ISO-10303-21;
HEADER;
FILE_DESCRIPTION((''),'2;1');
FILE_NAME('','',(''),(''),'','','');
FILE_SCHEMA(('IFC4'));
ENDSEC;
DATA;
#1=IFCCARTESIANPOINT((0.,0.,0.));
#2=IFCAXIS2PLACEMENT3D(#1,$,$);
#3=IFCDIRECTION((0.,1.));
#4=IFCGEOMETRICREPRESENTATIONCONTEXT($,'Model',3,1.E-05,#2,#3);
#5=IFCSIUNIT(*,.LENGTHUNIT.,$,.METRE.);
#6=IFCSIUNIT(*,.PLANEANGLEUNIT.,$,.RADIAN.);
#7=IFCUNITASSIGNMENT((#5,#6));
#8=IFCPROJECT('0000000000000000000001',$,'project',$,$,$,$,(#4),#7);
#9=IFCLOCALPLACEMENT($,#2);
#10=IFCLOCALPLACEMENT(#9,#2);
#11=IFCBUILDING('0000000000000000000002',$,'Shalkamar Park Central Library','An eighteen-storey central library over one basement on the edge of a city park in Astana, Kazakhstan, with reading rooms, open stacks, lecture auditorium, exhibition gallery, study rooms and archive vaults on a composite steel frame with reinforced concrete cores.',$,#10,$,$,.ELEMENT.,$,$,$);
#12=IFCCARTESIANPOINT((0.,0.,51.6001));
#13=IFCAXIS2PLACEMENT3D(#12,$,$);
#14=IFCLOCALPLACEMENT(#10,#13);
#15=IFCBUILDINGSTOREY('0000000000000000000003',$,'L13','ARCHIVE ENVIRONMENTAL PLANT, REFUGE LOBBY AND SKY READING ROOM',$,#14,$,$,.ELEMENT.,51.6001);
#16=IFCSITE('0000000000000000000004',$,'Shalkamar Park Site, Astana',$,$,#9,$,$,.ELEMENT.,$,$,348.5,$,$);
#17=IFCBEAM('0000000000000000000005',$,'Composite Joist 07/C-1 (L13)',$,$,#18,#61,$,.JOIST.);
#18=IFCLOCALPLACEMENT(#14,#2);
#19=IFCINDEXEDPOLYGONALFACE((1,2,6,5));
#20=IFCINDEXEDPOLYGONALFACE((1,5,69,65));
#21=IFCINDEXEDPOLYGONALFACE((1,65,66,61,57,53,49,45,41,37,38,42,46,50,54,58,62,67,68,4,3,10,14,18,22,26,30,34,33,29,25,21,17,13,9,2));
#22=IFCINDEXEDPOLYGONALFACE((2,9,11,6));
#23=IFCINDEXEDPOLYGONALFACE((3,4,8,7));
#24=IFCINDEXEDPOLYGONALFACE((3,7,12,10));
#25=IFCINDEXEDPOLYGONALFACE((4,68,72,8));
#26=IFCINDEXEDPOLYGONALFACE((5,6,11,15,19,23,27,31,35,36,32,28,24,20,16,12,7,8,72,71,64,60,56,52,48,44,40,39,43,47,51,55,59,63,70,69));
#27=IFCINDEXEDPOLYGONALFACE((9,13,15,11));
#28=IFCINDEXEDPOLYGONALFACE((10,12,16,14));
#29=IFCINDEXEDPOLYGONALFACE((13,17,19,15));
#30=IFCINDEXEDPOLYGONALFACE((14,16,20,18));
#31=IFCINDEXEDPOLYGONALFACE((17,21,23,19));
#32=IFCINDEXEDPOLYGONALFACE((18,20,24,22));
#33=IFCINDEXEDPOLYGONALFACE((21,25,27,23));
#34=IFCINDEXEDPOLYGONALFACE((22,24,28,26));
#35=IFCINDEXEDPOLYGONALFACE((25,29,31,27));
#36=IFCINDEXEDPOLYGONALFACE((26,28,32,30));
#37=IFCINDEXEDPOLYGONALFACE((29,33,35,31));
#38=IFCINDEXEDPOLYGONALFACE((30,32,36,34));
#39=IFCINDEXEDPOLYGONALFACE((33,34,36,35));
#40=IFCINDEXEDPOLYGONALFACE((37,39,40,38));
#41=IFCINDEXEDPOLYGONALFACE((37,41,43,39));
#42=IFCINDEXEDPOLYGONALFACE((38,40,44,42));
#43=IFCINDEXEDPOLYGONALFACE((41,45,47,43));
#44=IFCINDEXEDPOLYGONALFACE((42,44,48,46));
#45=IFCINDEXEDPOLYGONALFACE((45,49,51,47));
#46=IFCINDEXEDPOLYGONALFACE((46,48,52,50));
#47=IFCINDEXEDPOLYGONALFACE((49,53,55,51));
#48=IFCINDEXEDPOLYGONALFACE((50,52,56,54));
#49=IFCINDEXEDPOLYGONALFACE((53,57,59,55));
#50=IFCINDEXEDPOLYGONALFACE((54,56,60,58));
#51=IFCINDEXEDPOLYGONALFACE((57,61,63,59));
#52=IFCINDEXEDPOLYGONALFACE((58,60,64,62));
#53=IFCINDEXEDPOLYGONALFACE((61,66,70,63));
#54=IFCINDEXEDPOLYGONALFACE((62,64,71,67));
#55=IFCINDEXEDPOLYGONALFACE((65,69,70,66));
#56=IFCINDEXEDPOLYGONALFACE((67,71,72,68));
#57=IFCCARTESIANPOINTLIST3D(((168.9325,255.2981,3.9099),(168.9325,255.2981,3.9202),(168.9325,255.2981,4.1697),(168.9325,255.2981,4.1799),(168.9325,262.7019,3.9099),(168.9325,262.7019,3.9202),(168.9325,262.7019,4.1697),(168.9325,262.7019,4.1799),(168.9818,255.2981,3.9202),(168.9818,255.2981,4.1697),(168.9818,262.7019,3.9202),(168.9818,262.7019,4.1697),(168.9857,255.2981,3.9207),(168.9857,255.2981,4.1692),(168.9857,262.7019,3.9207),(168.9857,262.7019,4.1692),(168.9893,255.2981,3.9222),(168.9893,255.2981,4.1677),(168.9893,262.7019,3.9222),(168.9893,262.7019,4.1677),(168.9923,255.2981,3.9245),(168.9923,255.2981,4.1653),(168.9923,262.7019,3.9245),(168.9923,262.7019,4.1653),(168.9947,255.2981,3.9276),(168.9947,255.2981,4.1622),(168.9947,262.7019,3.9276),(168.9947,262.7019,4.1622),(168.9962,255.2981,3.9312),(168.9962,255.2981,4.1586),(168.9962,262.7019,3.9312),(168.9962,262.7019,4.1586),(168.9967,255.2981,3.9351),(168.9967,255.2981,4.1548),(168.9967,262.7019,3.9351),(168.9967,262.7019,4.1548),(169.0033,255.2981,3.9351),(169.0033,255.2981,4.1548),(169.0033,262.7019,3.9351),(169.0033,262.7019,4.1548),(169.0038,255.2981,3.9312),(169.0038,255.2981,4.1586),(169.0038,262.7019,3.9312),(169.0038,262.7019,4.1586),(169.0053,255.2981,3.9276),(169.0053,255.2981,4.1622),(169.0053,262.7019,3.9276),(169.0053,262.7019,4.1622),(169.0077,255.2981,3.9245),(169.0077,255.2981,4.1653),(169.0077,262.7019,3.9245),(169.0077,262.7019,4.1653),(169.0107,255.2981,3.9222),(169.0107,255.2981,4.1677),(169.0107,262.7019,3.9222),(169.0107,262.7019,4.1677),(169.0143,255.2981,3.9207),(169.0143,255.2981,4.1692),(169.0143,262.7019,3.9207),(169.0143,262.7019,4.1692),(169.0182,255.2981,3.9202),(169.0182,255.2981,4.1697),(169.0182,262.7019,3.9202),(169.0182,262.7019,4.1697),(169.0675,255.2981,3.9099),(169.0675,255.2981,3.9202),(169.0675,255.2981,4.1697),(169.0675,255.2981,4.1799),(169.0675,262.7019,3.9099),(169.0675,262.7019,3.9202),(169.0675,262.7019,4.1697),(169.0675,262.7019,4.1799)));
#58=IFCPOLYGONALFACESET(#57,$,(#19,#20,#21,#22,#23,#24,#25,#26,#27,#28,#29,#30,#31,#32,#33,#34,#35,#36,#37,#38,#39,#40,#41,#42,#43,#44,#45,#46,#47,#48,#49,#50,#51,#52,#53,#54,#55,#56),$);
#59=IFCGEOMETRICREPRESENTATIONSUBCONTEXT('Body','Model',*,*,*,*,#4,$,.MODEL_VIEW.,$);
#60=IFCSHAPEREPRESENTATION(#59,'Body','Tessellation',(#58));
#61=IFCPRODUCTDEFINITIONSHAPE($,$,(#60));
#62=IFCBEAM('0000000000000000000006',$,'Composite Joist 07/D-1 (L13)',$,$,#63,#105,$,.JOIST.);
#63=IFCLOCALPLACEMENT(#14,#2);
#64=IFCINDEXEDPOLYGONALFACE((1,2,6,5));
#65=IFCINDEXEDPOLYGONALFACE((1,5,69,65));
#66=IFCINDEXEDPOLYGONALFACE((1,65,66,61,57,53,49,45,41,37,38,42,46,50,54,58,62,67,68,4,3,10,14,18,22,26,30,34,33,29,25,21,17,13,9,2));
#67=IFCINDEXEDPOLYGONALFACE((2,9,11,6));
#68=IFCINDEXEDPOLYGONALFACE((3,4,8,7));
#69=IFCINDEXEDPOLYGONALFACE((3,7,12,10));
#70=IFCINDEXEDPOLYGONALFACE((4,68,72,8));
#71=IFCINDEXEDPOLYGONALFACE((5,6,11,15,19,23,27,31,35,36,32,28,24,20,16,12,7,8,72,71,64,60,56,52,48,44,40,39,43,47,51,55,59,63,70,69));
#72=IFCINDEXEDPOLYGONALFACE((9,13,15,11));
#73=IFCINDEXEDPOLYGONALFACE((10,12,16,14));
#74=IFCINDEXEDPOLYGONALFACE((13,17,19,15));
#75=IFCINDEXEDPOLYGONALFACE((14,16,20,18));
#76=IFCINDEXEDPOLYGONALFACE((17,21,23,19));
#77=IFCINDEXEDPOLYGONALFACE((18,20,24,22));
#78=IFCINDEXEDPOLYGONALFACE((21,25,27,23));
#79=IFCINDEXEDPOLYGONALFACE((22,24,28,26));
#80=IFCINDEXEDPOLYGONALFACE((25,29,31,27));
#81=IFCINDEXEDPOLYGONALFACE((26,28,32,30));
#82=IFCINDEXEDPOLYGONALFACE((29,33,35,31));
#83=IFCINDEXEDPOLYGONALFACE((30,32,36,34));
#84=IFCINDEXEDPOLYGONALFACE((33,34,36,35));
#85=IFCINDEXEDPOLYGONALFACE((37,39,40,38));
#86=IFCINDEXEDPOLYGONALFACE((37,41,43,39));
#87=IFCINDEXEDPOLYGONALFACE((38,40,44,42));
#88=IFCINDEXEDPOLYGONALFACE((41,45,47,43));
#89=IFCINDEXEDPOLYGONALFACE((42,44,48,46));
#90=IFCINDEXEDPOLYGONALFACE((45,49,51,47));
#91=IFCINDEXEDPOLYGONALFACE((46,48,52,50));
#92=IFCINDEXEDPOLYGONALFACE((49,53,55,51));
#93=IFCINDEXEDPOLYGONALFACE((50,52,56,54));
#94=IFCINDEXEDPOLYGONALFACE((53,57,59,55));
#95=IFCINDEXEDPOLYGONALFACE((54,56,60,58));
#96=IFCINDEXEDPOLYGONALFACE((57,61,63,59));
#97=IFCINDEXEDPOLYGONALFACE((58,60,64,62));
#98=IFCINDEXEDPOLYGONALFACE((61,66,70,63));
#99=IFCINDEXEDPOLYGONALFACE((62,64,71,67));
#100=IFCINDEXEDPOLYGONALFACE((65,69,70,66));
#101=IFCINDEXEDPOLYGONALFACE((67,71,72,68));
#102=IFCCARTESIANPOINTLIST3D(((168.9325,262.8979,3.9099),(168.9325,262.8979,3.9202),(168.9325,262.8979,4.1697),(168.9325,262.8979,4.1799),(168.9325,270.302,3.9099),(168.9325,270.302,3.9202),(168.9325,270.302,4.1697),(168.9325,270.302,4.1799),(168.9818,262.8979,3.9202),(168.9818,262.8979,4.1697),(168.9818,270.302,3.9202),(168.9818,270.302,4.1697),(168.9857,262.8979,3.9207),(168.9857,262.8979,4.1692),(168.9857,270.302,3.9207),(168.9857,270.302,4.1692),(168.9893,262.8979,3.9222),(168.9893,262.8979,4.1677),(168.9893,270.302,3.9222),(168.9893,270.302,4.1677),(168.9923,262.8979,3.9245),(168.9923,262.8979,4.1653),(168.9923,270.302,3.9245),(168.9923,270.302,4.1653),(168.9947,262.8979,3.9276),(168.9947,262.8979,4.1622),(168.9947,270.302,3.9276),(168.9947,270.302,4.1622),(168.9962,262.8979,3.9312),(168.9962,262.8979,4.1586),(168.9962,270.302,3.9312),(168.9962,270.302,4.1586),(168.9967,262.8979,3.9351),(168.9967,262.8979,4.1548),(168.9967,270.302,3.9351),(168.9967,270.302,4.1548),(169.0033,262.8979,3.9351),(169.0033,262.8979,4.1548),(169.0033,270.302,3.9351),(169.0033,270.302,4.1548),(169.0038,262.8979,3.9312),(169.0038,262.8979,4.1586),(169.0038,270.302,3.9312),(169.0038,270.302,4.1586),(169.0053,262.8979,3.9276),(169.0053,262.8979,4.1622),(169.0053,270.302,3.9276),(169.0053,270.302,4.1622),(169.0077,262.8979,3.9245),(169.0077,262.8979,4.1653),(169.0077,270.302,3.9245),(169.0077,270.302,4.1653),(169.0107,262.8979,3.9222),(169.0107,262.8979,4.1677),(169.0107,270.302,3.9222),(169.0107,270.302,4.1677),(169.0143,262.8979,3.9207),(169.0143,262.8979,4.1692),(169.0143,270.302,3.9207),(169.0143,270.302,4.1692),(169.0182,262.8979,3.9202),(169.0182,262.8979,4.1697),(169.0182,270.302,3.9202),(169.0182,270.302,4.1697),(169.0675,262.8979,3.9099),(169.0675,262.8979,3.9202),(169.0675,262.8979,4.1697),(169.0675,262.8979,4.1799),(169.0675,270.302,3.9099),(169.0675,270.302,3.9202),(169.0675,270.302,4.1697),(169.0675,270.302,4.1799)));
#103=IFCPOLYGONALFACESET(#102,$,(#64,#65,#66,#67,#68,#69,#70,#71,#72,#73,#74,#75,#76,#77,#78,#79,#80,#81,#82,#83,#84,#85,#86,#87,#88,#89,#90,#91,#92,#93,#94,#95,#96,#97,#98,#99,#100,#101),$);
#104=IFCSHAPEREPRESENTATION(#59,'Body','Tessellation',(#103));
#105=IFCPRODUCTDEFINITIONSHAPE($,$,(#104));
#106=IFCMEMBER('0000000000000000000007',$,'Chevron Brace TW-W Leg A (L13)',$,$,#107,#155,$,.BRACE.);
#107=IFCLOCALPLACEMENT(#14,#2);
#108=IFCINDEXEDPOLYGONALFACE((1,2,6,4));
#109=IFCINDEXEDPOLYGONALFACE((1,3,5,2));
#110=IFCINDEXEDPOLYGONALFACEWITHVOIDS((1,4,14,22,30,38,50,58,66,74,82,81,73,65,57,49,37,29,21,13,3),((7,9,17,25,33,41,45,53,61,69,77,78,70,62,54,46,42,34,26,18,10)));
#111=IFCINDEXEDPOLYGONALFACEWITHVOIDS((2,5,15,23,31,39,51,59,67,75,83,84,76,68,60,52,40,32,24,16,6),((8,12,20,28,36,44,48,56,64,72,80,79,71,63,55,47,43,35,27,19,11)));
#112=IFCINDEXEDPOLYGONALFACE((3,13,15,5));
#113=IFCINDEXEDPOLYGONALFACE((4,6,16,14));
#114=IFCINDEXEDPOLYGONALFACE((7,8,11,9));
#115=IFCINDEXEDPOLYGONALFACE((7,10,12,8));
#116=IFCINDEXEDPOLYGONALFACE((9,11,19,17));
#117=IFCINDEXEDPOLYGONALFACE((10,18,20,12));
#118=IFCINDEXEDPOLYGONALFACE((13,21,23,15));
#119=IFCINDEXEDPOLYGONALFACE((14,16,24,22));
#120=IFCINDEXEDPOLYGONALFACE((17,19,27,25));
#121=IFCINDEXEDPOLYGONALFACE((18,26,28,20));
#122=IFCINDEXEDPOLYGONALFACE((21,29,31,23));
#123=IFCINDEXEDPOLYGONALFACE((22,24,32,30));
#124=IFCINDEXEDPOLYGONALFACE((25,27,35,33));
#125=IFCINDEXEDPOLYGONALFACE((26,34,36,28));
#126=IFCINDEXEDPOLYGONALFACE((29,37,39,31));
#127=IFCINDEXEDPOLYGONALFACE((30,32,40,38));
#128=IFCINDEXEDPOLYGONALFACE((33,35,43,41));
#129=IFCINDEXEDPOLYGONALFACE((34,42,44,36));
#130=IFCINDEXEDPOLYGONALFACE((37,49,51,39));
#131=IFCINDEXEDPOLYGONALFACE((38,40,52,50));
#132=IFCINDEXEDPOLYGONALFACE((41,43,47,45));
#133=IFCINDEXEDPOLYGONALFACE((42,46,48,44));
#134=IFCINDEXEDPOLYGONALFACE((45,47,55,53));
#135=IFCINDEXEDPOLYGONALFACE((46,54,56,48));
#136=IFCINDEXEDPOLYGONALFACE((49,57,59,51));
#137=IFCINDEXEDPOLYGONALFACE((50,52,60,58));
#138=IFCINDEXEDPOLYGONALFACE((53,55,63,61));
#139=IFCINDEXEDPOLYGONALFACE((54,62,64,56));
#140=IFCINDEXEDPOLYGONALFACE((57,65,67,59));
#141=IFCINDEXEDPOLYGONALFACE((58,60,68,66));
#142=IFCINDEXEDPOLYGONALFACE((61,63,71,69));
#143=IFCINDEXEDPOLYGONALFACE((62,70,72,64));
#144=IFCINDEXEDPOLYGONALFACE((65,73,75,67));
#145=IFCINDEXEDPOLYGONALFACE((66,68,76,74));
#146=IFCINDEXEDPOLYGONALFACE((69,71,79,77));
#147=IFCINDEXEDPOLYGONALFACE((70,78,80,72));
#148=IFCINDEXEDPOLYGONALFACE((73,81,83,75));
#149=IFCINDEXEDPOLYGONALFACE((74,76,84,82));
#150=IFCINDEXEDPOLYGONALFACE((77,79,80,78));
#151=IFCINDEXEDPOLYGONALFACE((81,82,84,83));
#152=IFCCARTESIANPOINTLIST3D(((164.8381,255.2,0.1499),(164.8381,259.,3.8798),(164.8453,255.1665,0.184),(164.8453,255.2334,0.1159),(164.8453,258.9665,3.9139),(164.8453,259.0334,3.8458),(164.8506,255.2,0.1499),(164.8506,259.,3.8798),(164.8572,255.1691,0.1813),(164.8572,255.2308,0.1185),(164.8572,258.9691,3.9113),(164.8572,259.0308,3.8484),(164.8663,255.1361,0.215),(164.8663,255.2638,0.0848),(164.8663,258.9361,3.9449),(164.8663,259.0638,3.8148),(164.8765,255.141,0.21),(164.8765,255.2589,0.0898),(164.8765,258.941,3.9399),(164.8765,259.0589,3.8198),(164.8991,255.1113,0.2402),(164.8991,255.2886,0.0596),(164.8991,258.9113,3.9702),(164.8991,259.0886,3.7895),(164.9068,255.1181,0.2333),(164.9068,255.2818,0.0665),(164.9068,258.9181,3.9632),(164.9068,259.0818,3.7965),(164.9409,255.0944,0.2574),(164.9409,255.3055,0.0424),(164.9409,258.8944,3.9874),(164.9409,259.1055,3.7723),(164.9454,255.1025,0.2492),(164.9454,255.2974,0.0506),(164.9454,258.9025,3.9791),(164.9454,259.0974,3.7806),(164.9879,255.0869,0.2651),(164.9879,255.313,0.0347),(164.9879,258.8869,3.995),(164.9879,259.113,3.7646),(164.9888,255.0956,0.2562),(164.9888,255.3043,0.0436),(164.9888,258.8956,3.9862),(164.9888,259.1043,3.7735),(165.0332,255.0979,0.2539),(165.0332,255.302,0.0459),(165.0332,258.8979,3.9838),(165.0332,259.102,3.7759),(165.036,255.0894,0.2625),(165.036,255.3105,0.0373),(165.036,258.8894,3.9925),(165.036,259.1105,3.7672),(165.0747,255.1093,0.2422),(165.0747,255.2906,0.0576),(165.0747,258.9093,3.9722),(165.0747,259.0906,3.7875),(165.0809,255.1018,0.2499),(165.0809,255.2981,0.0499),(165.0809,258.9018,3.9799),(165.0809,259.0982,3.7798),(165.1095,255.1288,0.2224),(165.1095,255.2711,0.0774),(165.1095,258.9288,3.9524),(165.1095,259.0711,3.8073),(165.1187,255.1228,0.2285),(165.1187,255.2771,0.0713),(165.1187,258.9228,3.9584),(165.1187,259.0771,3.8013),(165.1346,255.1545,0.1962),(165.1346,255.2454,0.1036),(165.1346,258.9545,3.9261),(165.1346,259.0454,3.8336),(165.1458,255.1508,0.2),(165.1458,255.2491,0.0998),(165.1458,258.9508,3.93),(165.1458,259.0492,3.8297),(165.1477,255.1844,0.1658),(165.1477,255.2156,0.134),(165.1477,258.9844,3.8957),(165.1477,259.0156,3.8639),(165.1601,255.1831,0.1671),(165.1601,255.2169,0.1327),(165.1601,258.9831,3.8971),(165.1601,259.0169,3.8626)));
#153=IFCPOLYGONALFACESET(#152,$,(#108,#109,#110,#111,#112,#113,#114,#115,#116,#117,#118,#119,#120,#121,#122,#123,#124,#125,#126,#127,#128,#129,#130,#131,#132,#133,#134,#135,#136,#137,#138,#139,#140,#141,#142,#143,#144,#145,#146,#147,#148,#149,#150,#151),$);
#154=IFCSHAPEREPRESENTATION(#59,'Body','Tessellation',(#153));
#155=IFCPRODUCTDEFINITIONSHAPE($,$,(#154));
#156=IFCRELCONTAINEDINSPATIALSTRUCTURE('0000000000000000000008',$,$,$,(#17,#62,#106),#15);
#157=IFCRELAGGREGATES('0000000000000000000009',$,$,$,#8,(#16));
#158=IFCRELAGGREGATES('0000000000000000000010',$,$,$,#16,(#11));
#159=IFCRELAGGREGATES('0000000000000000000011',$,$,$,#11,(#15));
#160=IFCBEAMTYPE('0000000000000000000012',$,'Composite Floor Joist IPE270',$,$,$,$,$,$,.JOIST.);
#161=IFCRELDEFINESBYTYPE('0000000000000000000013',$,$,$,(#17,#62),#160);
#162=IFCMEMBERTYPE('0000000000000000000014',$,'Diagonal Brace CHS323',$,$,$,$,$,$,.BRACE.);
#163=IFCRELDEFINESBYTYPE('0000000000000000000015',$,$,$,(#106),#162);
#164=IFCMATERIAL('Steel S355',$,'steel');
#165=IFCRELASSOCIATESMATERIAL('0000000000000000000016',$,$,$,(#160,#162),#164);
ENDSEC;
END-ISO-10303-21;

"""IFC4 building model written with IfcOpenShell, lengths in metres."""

from ifc_helpers import new_model, si_unit, direction, frame, origin, origin_2d, place, context, subcontext, project, spatial, hollow_circle, i_section, extrude, material, material_profile, profile_set, type_object, element, save


model = new_model("IFC4")

# Units and contexts
model_context = context("Model", 3, precision=1e-05, world=origin(), true_north=direction((0.0, 1.0)))
body_context = subcontext(model_context, "Body", "Model", "MODEL_VIEW")
ifc_project = project(units=[si_unit("LENGTHUNIT", "METRE"), si_unit("PLANEANGLEUNIT", "RADIAN")], contexts=[model_context])

# Site, building, storey
site_placement = place(None, origin())
site = spatial("IfcSite", under=ifc_project, at=site_placement, Name="Shalkamar Park Site, Astana", CompositionType="ELEMENT", RefElevation=348.5)
building_placement = place(site_placement, origin())
building = spatial("IfcBuilding", under=site, at=building_placement, Name="Shalkamar Park Central Library", Description="An eighteen-storey central library over one basement on the edge of a city park in Astana, Kazakhstan, with reading rooms, open stacks, lecture auditorium, exhibition gallery, study rooms and archive vaults on a composite steel frame with reinforced concrete cores.", CompositionType="ELEMENT")
storey_placement = place(building_placement, frame((0.0, 0.0, 51.6001)))
storey = spatial("IfcBuildingStorey", under=building, at=storey_placement, Name="L13", Description="ARCHIVE ENVIRONMENTAL PLANT, REFUGE LOBBY AND SKY READING ROOM", CompositionType="ELEMENT", Elevation=51.6001)

# Shared definitions
ifc_material_1 = material(Name="Steel S355", Category="steel")

# Beams
ifc_material_profile_1 = material_profile(ifc_material_1, i_section(OverallWidth=0.135, OverallDepth=0.27, WebThickness=0.0066, FlangeThickness=0.0103, FilletRadius=0.0149, at=origin_2d()), Name="IPE 270")
ifc_profile_set_1 = profile_set([ifc_material_profile_1], Name="Steel S355")
beam_type_1 = type_object("IfcBeamType", Name="Composite Floor Joist IPE270", PredefinedType="JOIST", material=ifc_profile_set_1)
beam_1_placement = place(storey_placement, frame((169.0, 255.2981, 4.0449), z_axis=(0.0, 1.0, 0.0), x_axis=(-1.0, 0.0, 0.0)))
element("IfcBeam", 1, at=beam_1_placement, inside=storey, type_object=beam_type_1, Name="Composite Joist 07/C-1 (L13)", PredefinedType="JOIST", context=body_context, shape_type="SweptSolid", body=[
    extrude(i_section(OverallWidth=0.135, OverallDepth=0.27, WebThickness=0.0066, FlangeThickness=0.0103, FilletRadius=0.0149, at=origin_2d()), origin(), (0.0, 0.0, 1.0), 7.4038),
])
beam_2_placement = place(storey_placement, frame((169.0, 262.8979, 4.0449), z_axis=(0.0, 1.0, 0.0), x_axis=(-1.0, 0.0, 0.0)))
element("IfcBeam", 2, at=beam_2_placement, inside=storey, type_object=beam_type_1, Name="Composite Joist 07/D-1 (L13)", PredefinedType="JOIST", context=body_context, shape_type="SweptSolid", body=[
    extrude(i_section(OverallWidth=0.135, OverallDepth=0.27, WebThickness=0.0066, FlangeThickness=0.0103, FilletRadius=0.0149, at=origin_2d()), origin(), (0.0, 0.0, 1.0), 7.4041),
])

# Member
ifc_material_profile_2 = material_profile(ifc_material_1, hollow_circle(Radius=0.1619, WallThickness=0.0125, at=origin_2d()), Name="CHS 323.9x12.5")
ifc_profile_set_2 = profile_set([ifc_material_profile_2], Name="Steel S355")
member_type = type_object("IfcMemberType", Name="Diagonal Brace CHS323", PredefinedType="BRACE", material=ifc_profile_set_2)
for number, where, z_axis, x_axis, name in (
    (3, (165.0, 255.2, 0.1499), (0.0, 0.713656, 0.700497), (-1.0, 0.0, 0.0), "Chevron Brace TW-W Leg A (L13)"),
):
    element("IfcMember", number, at=place(storey_placement, frame(where, z_axis=z_axis, x_axis=x_axis)), inside=storey, type_object=member_type, Name=name, PredefinedType="BRACE", context=body_context, shape_type="SweptSolid", body=[
        extrude(hollow_circle(Radius=0.1619, WallThickness=0.0125, at=origin_2d()), origin(), (0.0, 0.0, 1.0), 5.3247),
    ])

save(model, "model.ifc")
